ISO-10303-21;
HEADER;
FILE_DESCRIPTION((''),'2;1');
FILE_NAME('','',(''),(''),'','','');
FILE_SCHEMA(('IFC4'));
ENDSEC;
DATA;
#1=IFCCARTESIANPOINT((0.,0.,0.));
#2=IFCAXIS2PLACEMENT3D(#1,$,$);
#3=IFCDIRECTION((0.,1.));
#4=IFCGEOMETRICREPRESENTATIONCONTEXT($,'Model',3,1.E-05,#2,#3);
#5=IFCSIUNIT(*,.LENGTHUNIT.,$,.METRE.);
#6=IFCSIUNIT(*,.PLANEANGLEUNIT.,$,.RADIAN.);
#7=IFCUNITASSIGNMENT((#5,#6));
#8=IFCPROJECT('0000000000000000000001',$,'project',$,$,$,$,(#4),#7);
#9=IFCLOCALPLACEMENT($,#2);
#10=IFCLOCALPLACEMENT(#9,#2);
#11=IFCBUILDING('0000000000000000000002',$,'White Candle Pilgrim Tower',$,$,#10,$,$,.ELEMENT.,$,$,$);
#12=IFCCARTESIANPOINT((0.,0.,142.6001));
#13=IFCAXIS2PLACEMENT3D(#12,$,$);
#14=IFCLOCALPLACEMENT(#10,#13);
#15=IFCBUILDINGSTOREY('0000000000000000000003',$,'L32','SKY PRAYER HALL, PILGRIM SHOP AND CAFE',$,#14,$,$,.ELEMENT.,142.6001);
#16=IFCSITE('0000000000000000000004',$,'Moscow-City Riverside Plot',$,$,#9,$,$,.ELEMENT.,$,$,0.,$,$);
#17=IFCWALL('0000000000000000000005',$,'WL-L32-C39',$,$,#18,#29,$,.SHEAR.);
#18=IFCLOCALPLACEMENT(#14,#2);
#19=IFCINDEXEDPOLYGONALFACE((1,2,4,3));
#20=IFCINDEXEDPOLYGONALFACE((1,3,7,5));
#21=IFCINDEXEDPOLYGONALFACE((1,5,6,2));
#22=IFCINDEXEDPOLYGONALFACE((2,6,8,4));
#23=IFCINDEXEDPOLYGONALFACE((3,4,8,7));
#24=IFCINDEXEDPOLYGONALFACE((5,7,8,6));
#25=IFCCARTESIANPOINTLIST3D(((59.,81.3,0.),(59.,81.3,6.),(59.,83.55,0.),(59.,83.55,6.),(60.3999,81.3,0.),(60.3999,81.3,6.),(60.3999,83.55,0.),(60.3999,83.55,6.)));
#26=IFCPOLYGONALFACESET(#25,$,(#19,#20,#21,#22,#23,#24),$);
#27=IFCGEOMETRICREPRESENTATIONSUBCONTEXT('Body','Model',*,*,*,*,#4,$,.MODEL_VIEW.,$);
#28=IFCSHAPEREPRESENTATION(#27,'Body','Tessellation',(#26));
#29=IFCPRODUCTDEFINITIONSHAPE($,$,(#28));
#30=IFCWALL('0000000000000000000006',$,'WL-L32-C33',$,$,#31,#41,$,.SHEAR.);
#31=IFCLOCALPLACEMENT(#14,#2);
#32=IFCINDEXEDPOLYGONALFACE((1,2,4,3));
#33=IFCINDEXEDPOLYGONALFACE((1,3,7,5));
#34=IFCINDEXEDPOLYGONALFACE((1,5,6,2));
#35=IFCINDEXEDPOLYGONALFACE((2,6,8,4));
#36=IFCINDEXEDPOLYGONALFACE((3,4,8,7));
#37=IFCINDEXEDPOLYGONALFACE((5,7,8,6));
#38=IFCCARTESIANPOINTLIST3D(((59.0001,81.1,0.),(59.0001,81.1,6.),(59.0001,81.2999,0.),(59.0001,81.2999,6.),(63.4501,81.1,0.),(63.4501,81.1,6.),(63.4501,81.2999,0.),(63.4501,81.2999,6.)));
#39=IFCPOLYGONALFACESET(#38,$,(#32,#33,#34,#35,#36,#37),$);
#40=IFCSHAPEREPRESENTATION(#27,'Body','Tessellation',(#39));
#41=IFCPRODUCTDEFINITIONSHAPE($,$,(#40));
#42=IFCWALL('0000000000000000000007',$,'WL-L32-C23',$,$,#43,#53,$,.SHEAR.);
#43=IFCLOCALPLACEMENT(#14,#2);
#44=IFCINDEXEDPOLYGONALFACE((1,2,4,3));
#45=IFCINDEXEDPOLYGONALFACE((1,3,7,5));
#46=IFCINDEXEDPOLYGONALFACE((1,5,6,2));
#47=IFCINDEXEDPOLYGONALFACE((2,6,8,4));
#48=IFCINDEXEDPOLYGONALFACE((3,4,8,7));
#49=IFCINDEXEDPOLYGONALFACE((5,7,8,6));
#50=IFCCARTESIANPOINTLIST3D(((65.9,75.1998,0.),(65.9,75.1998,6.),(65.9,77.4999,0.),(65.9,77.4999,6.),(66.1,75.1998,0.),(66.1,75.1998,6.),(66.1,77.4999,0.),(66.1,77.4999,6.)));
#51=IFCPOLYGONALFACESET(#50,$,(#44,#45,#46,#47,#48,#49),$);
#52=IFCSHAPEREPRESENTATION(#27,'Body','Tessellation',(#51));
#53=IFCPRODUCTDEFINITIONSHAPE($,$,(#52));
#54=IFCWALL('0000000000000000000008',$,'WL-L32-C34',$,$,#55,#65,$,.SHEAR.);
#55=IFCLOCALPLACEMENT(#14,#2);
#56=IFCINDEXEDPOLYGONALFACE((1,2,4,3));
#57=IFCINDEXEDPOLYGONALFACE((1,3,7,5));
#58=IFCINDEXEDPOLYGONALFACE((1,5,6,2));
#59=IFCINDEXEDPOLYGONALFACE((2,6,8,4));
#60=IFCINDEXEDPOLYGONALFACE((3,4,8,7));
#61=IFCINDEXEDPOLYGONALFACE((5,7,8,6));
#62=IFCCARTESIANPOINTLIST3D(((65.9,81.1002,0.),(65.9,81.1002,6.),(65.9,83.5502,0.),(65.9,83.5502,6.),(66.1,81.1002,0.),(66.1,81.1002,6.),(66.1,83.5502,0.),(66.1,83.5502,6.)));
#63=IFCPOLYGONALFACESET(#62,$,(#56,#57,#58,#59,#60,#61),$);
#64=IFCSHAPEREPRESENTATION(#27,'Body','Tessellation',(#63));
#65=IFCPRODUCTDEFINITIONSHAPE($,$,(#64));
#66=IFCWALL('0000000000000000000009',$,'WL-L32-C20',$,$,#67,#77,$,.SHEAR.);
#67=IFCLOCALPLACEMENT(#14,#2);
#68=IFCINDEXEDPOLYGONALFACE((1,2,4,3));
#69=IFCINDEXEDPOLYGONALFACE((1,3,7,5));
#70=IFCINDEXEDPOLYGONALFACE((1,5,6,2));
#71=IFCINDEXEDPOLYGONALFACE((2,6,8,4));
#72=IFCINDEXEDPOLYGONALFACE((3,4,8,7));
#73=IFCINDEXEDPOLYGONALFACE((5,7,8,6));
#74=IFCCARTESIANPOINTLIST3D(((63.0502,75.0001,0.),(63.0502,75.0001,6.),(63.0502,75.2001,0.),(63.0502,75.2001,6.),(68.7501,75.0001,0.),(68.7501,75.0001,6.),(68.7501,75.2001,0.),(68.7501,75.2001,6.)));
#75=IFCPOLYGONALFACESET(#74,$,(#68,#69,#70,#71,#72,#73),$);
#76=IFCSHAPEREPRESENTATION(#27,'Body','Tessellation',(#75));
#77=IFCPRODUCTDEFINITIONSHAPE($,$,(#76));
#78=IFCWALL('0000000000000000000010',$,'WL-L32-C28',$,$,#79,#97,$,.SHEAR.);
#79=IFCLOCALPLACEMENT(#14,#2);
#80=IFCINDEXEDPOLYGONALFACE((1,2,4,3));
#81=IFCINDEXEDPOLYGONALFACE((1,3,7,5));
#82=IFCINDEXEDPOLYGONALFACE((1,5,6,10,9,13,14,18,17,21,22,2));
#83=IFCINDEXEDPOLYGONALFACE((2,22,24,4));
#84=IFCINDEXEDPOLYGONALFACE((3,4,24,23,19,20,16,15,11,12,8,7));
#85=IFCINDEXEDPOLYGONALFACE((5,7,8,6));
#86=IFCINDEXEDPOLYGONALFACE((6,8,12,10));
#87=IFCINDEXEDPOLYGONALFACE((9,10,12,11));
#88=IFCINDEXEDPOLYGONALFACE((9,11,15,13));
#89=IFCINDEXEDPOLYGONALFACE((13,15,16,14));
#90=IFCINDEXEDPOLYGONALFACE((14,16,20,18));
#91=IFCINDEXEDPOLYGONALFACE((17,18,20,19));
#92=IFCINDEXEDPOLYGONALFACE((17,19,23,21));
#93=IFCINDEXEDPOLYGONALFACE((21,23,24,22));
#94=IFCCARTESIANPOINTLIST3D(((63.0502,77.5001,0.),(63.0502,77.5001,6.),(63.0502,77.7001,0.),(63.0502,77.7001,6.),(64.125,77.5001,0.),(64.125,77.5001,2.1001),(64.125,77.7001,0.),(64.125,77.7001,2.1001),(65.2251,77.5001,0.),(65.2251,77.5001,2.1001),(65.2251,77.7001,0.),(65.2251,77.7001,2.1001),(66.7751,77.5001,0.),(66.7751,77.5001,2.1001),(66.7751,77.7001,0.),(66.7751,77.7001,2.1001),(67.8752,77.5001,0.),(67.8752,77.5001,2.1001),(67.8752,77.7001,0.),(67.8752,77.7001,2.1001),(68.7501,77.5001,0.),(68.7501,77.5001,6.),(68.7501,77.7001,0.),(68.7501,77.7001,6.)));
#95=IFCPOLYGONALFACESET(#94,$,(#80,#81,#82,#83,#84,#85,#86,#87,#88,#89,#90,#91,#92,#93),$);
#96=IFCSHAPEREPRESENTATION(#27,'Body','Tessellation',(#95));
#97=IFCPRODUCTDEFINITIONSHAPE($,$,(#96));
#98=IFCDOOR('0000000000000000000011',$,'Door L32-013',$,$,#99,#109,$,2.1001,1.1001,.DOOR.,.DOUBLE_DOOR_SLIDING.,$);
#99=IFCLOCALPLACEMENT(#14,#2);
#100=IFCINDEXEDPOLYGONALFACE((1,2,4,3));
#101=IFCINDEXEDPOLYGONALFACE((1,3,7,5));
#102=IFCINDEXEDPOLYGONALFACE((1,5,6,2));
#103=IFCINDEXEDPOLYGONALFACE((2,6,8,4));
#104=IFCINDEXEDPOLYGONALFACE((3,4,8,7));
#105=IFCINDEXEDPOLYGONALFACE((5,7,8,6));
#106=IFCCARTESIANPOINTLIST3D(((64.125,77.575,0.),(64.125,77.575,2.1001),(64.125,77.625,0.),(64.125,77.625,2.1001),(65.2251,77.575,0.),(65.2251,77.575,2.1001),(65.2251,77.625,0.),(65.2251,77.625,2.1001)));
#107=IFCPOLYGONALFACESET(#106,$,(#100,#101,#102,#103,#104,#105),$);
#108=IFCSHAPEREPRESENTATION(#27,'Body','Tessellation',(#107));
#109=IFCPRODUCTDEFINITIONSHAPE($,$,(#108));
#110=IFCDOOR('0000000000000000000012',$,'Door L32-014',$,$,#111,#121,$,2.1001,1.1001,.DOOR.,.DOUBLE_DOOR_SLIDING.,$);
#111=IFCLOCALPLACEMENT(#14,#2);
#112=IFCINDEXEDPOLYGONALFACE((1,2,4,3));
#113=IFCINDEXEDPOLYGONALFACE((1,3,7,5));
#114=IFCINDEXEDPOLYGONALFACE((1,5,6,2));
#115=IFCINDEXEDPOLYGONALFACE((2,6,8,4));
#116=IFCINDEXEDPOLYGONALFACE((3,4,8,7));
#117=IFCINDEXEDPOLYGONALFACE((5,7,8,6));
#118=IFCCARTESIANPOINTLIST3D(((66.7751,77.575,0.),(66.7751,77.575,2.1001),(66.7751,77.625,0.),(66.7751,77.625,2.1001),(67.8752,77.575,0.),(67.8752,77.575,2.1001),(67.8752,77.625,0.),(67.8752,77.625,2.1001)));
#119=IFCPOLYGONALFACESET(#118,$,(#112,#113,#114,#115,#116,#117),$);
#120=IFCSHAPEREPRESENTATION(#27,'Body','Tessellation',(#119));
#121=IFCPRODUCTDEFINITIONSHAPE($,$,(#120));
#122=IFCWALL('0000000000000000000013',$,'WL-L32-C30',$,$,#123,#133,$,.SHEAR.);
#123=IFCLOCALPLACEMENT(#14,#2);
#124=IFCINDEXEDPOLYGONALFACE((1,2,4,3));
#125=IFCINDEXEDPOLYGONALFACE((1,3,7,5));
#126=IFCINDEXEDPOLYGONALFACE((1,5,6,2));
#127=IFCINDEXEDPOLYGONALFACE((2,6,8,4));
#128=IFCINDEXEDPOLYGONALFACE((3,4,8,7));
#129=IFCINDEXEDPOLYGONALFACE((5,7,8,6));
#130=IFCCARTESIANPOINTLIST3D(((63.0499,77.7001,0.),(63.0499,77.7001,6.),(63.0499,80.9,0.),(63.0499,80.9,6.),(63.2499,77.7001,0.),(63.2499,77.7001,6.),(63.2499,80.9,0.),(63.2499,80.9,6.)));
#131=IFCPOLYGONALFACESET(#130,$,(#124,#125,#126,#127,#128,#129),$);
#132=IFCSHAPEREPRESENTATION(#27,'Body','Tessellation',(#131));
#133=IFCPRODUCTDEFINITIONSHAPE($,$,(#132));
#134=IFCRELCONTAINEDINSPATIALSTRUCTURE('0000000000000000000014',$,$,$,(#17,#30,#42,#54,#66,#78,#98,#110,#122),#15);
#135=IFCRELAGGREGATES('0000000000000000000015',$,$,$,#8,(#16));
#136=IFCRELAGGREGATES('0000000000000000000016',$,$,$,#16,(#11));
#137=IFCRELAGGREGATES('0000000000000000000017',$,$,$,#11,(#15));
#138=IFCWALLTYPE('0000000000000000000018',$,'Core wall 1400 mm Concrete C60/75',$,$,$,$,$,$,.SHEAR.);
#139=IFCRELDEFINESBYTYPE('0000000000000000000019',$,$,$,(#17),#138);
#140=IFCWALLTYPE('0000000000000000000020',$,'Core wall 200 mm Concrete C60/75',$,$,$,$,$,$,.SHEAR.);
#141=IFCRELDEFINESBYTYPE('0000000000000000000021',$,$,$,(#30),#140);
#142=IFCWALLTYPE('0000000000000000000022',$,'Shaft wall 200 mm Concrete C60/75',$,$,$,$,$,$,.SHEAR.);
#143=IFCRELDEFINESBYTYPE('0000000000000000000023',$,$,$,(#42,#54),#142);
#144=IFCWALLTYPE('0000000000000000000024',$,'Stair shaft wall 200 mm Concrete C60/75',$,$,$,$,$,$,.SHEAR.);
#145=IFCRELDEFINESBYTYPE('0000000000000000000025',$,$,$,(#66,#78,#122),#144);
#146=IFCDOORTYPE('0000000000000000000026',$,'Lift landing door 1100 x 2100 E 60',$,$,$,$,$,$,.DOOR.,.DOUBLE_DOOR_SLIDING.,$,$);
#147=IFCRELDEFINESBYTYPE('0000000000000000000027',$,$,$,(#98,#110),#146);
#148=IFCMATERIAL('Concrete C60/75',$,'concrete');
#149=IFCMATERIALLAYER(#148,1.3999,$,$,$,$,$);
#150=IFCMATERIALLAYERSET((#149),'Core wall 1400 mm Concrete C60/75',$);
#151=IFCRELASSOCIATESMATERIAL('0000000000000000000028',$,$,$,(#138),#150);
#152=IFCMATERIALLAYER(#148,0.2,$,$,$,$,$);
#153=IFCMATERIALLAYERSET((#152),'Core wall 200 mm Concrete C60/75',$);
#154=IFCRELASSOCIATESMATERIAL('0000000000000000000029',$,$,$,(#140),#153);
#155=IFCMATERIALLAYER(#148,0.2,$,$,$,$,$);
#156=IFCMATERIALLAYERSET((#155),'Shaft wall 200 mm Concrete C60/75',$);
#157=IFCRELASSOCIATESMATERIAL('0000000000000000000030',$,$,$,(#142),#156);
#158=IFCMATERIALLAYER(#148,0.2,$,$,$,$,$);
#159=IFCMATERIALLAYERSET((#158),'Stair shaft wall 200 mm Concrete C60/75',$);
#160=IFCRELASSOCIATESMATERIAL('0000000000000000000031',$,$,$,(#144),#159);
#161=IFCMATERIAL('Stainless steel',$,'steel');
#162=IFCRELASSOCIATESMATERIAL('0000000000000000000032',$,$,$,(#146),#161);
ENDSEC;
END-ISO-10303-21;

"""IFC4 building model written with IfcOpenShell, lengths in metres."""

from ifc_helpers import new_model, si_unit, direction, frame, frame_2d, origin, place, context, subcontext, project, spatial, rectangle, extrude, material, layer, layer_set, type_object, element, fill, save


model = new_model("IFC4")

# Units and contexts
model_context = context("Model", 3, precision=1e-05, world=origin(), true_north=direction((0.0, 1.0)))
body_context = subcontext(model_context, "Body", "Model", "MODEL_VIEW")
ifc_project = project(units=[si_unit("LENGTHUNIT", "METRE"), si_unit("PLANEANGLEUNIT", "RADIAN")], contexts=[model_context])

# Site, building, storey
site_placement = place(None, origin())
site = spatial("IfcSite", under=ifc_project, at=site_placement, Name="Moscow-City Riverside Plot", CompositionType="ELEMENT", RefElevation=0.0)
building_placement = place(site_placement, origin())
building = spatial("IfcBuilding", under=site, at=building_placement, Name="White Candle Pilgrim Tower", CompositionType="ELEMENT")
storey_placement = place(building_placement, frame((0.0, 0.0, 142.6001)))
storey = spatial("IfcBuildingStorey", under=building, at=storey_placement, Name="L32", Description="SKY PRAYER HALL, PILGRIM SHOP AND CAFE", CompositionType="ELEMENT", Elevation=142.6001)

# Walls
ifc_material_1 = material(Name="Concrete C60/75", Category="concrete")
ifc_layer_1 = layer(ifc_material_1, 1.3999)
ifc_layer_set_1 = layer_set([ifc_layer_1], Name="Core wall 1400 mm Concrete C60/75")
wall_type_1 = type_object("IfcWallType", Name="Core wall 1400 mm Concrete C60/75", PredefinedType="SHEAR", material=ifc_layer_set_1)
wall_1_placement = place(storey_placement, frame((59.7, 81.3, 0.0), z_axis=(0.0, 0.0, 1.0), x_axis=(0.0, 1.0, 0.0)))
element("IfcWall", 1, at=wall_1_placement, inside=storey, type_object=wall_type_1, Name="WL-L32-C39", PredefinedType="SHEAR", context=body_context, shape_type="SweptSolid", body=[
    extrude(rectangle(XDim=2.25, YDim=1.3999, at=frame_2d((1.125, 0.0))), origin(), (0.0, 0.0, 1.0), 6.0),
])
ifc_layer_2 = layer(ifc_material_1, 0.2)
ifc_layer_set_2 = layer_set([ifc_layer_2], Name="Core wall 200 mm Concrete C60/75")
wall_type_2 = type_object("IfcWallType", Name="Core wall 200 mm Concrete C60/75", PredefinedType="SHEAR", material=ifc_layer_set_2)
wall_2_placement = place(storey_placement, frame((59.0, 81.2, 0.0), z_axis=(0.0, 0.0, 1.0), x_axis=(1.0, 0.0, 0.0)))
element("IfcWall", 2, at=wall_2_placement, inside=storey, type_object=wall_type_2, Name="WL-L32-C33", PredefinedType="SHEAR", context=body_context, shape_type="SweptSolid", body=[
    extrude(rectangle(XDim=4.45, YDim=0.2, at=frame_2d((2.2251, 0.0))), origin(), (0.0, 0.0, 1.0), 6.0),
])
ifc_layer_3 = layer(ifc_material_1, 0.2)
ifc_layer_set_3 = layer_set([ifc_layer_3], Name="Shaft wall 200 mm Concrete C60/75")
wall_type_3 = type_object("IfcWallType", Name="Shaft wall 200 mm Concrete C60/75", PredefinedType="SHEAR", material=ifc_layer_set_3)
wall_3_placement = place(storey_placement, frame((66.0, 75.2, 0.0), z_axis=(0.0, 0.0, 1.0), x_axis=(0.0, 1.0, 0.0)))
element("IfcWall", 3, at=wall_3_placement, inside=storey, type_object=wall_type_3, Name="WL-L32-C23", PredefinedType="SHEAR", context=body_context, shape_type="SweptSolid", body=[
    extrude(rectangle(XDim=2.3, YDim=0.2, at=frame_2d((1.1499, 0.0))), origin(), (0.0, 0.0, 1.0), 6.0),
])
wall_4_placement = place(storey_placement, frame((66.0, 81.1001, 0.0), z_axis=(0.0, 0.0, 1.0), x_axis=(0.0, 1.0, 0.0)))
element("IfcWall", 4, at=wall_4_placement, inside=storey, type_object=wall_type_3, Name="WL-L32-C34", PredefinedType="SHEAR", context=body_context, shape_type="SweptSolid", body=[
    extrude(rectangle(XDim=2.45, YDim=0.2, at=frame_2d((1.2251, 0.0))), origin(), (0.0, 0.0, 1.0), 6.0),
])
ifc_layer_4 = layer(ifc_material_1, 0.2)
ifc_layer_set_4 = layer_set([ifc_layer_4], Name="Stair shaft wall 200 mm Concrete C60/75")
wall_type_4 = type_object("IfcWallType", Name="Stair shaft wall 200 mm Concrete C60/75", PredefinedType="SHEAR", material=ifc_layer_set_4)
wall_5_placement = place(storey_placement, frame((63.05, 75.1001, 0.0), z_axis=(0.0, 0.0, 1.0), x_axis=(1.0, 0.0, 0.0)))
element("IfcWall", 5, at=wall_5_placement, inside=storey, type_object=wall_type_4, Name="WL-L32-C20", PredefinedType="SHEAR", context=body_context, shape_type="SweptSolid", body=[
    extrude(rectangle(XDim=5.7, YDim=0.2, at=frame_2d((2.8501, 0.0))), origin(), (0.0, 0.0, 1.0), 6.0),
])

# Wall, openings, doors
wall_6_placement = place(storey_placement, frame((63.05, 77.6001, 0.0), z_axis=(0.0, 0.0, 1.0), x_axis=(1.0, 0.0, 0.0)))
wall_6 = element("IfcWall", 6, at=wall_6_placement, inside=storey, type_object=wall_type_4, Name="WL-L32-C28", PredefinedType="SHEAR", context=body_context, shape_type="SweptSolid", body=[
    extrude(rectangle(XDim=5.7, YDim=0.2, at=frame_2d((2.8501, 0.0))), origin(), (0.0, 0.0, 1.0), 6.0),
])
opening_1_placement = place(wall_6_placement, frame((1.075, 0.0, 0.0)))
opening_1 = element("IfcOpeningElement", 7, at=opening_1_placement, cuts=wall_6, PredefinedType="OPENING", context=body_context, shape_type="SweptSolid", body=[
    extrude(rectangle(XDim=1.1001, YDim=2.1001, at=frame_2d((0.55, 1.05))), frame((0.0, 0.1099, 0.0), z_axis=(0.0, -1.0, 0.0), x_axis=(1.0, 0.0, 0.0)), (0.0, 0.0, 1.0), 0.22),
])
opening_2_placement = place(wall_6_placement, frame((3.7251, 0.0, 0.0)))
opening_2 = element("IfcOpeningElement", 8, at=opening_2_placement, cuts=wall_6, PredefinedType="OPENING", context=body_context, shape_type="SweptSolid", body=[
    extrude(rectangle(XDim=1.1001, YDim=2.1001, at=frame_2d((0.55, 1.05))), frame((0.0, 0.1099, 0.0), z_axis=(0.0, -1.0, 0.0), x_axis=(1.0, 0.0, 0.0)), (0.0, 0.0, 1.0), 0.22),
])
ifc_material_2 = material(Name="Stainless steel", Category="steel")
door_type = type_object("IfcDoorType", Name="Lift landing door 1100 x 2100 E 60", OperationType="DOUBLE_DOOR_SLIDING", PredefinedType="DOOR", material=ifc_material_2)
door_1_placement = place(opening_1_placement, origin())
door_1 = element("IfcDoor", 9, at=door_1_placement, inside=storey, type_object=door_type, Name="Door L32-013", OperationType="DOUBLE_DOOR_SLIDING", OverallHeight=2.1001, OverallWidth=1.1001, PredefinedType="DOOR", context=body_context, shape_type="SweptSolid", body=[
    extrude(rectangle(XDim=1.1001, YDim=2.1001, at=frame_2d((0.55, 1.05))), frame((0.0, 0.0249, 0.0), z_axis=(0.0, -1.0, 0.0), x_axis=(1.0, 0.0, 0.0)), (0.0, 0.0, 1.0), 0.05),
])
fill(opening_1, door_1)
door_2_placement = place(opening_2_placement, origin())
door_2 = element("IfcDoor", 10, at=door_2_placement, inside=storey, type_object=door_type, Name="Door L32-014", OperationType="DOUBLE_DOOR_SLIDING", OverallHeight=2.1001, OverallWidth=1.1001, PredefinedType="DOOR", context=body_context, shape_type="SweptSolid", body=[
    extrude(rectangle(XDim=1.1001, YDim=2.1001, at=frame_2d((0.55, 1.05))), frame((0.0, 0.0249, 0.0), z_axis=(0.0, -1.0, 0.0), x_axis=(1.0, 0.0, 0.0)), (0.0, 0.0, 1.0), 0.05),
])
fill(opening_2, door_2)

# Wall
wall_7_placement = place(storey_placement, frame((63.1499, 77.7, 0.0), z_axis=(0.0, 0.0, 1.0), x_axis=(0.0, 1.0, 0.0)))
element("IfcWall", 11, at=wall_7_placement, inside=storey, type_object=wall_type_4, Name="WL-L32-C30", PredefinedType="SHEAR", context=body_context, shape_type="SweptSolid", body=[
    extrude(rectangle(XDim=3.2, YDim=0.2, at=frame_2d((1.6001, 0.0))), origin(), (0.0, 0.0, 1.0), 6.0),
])

save(model, "model.ifc")
